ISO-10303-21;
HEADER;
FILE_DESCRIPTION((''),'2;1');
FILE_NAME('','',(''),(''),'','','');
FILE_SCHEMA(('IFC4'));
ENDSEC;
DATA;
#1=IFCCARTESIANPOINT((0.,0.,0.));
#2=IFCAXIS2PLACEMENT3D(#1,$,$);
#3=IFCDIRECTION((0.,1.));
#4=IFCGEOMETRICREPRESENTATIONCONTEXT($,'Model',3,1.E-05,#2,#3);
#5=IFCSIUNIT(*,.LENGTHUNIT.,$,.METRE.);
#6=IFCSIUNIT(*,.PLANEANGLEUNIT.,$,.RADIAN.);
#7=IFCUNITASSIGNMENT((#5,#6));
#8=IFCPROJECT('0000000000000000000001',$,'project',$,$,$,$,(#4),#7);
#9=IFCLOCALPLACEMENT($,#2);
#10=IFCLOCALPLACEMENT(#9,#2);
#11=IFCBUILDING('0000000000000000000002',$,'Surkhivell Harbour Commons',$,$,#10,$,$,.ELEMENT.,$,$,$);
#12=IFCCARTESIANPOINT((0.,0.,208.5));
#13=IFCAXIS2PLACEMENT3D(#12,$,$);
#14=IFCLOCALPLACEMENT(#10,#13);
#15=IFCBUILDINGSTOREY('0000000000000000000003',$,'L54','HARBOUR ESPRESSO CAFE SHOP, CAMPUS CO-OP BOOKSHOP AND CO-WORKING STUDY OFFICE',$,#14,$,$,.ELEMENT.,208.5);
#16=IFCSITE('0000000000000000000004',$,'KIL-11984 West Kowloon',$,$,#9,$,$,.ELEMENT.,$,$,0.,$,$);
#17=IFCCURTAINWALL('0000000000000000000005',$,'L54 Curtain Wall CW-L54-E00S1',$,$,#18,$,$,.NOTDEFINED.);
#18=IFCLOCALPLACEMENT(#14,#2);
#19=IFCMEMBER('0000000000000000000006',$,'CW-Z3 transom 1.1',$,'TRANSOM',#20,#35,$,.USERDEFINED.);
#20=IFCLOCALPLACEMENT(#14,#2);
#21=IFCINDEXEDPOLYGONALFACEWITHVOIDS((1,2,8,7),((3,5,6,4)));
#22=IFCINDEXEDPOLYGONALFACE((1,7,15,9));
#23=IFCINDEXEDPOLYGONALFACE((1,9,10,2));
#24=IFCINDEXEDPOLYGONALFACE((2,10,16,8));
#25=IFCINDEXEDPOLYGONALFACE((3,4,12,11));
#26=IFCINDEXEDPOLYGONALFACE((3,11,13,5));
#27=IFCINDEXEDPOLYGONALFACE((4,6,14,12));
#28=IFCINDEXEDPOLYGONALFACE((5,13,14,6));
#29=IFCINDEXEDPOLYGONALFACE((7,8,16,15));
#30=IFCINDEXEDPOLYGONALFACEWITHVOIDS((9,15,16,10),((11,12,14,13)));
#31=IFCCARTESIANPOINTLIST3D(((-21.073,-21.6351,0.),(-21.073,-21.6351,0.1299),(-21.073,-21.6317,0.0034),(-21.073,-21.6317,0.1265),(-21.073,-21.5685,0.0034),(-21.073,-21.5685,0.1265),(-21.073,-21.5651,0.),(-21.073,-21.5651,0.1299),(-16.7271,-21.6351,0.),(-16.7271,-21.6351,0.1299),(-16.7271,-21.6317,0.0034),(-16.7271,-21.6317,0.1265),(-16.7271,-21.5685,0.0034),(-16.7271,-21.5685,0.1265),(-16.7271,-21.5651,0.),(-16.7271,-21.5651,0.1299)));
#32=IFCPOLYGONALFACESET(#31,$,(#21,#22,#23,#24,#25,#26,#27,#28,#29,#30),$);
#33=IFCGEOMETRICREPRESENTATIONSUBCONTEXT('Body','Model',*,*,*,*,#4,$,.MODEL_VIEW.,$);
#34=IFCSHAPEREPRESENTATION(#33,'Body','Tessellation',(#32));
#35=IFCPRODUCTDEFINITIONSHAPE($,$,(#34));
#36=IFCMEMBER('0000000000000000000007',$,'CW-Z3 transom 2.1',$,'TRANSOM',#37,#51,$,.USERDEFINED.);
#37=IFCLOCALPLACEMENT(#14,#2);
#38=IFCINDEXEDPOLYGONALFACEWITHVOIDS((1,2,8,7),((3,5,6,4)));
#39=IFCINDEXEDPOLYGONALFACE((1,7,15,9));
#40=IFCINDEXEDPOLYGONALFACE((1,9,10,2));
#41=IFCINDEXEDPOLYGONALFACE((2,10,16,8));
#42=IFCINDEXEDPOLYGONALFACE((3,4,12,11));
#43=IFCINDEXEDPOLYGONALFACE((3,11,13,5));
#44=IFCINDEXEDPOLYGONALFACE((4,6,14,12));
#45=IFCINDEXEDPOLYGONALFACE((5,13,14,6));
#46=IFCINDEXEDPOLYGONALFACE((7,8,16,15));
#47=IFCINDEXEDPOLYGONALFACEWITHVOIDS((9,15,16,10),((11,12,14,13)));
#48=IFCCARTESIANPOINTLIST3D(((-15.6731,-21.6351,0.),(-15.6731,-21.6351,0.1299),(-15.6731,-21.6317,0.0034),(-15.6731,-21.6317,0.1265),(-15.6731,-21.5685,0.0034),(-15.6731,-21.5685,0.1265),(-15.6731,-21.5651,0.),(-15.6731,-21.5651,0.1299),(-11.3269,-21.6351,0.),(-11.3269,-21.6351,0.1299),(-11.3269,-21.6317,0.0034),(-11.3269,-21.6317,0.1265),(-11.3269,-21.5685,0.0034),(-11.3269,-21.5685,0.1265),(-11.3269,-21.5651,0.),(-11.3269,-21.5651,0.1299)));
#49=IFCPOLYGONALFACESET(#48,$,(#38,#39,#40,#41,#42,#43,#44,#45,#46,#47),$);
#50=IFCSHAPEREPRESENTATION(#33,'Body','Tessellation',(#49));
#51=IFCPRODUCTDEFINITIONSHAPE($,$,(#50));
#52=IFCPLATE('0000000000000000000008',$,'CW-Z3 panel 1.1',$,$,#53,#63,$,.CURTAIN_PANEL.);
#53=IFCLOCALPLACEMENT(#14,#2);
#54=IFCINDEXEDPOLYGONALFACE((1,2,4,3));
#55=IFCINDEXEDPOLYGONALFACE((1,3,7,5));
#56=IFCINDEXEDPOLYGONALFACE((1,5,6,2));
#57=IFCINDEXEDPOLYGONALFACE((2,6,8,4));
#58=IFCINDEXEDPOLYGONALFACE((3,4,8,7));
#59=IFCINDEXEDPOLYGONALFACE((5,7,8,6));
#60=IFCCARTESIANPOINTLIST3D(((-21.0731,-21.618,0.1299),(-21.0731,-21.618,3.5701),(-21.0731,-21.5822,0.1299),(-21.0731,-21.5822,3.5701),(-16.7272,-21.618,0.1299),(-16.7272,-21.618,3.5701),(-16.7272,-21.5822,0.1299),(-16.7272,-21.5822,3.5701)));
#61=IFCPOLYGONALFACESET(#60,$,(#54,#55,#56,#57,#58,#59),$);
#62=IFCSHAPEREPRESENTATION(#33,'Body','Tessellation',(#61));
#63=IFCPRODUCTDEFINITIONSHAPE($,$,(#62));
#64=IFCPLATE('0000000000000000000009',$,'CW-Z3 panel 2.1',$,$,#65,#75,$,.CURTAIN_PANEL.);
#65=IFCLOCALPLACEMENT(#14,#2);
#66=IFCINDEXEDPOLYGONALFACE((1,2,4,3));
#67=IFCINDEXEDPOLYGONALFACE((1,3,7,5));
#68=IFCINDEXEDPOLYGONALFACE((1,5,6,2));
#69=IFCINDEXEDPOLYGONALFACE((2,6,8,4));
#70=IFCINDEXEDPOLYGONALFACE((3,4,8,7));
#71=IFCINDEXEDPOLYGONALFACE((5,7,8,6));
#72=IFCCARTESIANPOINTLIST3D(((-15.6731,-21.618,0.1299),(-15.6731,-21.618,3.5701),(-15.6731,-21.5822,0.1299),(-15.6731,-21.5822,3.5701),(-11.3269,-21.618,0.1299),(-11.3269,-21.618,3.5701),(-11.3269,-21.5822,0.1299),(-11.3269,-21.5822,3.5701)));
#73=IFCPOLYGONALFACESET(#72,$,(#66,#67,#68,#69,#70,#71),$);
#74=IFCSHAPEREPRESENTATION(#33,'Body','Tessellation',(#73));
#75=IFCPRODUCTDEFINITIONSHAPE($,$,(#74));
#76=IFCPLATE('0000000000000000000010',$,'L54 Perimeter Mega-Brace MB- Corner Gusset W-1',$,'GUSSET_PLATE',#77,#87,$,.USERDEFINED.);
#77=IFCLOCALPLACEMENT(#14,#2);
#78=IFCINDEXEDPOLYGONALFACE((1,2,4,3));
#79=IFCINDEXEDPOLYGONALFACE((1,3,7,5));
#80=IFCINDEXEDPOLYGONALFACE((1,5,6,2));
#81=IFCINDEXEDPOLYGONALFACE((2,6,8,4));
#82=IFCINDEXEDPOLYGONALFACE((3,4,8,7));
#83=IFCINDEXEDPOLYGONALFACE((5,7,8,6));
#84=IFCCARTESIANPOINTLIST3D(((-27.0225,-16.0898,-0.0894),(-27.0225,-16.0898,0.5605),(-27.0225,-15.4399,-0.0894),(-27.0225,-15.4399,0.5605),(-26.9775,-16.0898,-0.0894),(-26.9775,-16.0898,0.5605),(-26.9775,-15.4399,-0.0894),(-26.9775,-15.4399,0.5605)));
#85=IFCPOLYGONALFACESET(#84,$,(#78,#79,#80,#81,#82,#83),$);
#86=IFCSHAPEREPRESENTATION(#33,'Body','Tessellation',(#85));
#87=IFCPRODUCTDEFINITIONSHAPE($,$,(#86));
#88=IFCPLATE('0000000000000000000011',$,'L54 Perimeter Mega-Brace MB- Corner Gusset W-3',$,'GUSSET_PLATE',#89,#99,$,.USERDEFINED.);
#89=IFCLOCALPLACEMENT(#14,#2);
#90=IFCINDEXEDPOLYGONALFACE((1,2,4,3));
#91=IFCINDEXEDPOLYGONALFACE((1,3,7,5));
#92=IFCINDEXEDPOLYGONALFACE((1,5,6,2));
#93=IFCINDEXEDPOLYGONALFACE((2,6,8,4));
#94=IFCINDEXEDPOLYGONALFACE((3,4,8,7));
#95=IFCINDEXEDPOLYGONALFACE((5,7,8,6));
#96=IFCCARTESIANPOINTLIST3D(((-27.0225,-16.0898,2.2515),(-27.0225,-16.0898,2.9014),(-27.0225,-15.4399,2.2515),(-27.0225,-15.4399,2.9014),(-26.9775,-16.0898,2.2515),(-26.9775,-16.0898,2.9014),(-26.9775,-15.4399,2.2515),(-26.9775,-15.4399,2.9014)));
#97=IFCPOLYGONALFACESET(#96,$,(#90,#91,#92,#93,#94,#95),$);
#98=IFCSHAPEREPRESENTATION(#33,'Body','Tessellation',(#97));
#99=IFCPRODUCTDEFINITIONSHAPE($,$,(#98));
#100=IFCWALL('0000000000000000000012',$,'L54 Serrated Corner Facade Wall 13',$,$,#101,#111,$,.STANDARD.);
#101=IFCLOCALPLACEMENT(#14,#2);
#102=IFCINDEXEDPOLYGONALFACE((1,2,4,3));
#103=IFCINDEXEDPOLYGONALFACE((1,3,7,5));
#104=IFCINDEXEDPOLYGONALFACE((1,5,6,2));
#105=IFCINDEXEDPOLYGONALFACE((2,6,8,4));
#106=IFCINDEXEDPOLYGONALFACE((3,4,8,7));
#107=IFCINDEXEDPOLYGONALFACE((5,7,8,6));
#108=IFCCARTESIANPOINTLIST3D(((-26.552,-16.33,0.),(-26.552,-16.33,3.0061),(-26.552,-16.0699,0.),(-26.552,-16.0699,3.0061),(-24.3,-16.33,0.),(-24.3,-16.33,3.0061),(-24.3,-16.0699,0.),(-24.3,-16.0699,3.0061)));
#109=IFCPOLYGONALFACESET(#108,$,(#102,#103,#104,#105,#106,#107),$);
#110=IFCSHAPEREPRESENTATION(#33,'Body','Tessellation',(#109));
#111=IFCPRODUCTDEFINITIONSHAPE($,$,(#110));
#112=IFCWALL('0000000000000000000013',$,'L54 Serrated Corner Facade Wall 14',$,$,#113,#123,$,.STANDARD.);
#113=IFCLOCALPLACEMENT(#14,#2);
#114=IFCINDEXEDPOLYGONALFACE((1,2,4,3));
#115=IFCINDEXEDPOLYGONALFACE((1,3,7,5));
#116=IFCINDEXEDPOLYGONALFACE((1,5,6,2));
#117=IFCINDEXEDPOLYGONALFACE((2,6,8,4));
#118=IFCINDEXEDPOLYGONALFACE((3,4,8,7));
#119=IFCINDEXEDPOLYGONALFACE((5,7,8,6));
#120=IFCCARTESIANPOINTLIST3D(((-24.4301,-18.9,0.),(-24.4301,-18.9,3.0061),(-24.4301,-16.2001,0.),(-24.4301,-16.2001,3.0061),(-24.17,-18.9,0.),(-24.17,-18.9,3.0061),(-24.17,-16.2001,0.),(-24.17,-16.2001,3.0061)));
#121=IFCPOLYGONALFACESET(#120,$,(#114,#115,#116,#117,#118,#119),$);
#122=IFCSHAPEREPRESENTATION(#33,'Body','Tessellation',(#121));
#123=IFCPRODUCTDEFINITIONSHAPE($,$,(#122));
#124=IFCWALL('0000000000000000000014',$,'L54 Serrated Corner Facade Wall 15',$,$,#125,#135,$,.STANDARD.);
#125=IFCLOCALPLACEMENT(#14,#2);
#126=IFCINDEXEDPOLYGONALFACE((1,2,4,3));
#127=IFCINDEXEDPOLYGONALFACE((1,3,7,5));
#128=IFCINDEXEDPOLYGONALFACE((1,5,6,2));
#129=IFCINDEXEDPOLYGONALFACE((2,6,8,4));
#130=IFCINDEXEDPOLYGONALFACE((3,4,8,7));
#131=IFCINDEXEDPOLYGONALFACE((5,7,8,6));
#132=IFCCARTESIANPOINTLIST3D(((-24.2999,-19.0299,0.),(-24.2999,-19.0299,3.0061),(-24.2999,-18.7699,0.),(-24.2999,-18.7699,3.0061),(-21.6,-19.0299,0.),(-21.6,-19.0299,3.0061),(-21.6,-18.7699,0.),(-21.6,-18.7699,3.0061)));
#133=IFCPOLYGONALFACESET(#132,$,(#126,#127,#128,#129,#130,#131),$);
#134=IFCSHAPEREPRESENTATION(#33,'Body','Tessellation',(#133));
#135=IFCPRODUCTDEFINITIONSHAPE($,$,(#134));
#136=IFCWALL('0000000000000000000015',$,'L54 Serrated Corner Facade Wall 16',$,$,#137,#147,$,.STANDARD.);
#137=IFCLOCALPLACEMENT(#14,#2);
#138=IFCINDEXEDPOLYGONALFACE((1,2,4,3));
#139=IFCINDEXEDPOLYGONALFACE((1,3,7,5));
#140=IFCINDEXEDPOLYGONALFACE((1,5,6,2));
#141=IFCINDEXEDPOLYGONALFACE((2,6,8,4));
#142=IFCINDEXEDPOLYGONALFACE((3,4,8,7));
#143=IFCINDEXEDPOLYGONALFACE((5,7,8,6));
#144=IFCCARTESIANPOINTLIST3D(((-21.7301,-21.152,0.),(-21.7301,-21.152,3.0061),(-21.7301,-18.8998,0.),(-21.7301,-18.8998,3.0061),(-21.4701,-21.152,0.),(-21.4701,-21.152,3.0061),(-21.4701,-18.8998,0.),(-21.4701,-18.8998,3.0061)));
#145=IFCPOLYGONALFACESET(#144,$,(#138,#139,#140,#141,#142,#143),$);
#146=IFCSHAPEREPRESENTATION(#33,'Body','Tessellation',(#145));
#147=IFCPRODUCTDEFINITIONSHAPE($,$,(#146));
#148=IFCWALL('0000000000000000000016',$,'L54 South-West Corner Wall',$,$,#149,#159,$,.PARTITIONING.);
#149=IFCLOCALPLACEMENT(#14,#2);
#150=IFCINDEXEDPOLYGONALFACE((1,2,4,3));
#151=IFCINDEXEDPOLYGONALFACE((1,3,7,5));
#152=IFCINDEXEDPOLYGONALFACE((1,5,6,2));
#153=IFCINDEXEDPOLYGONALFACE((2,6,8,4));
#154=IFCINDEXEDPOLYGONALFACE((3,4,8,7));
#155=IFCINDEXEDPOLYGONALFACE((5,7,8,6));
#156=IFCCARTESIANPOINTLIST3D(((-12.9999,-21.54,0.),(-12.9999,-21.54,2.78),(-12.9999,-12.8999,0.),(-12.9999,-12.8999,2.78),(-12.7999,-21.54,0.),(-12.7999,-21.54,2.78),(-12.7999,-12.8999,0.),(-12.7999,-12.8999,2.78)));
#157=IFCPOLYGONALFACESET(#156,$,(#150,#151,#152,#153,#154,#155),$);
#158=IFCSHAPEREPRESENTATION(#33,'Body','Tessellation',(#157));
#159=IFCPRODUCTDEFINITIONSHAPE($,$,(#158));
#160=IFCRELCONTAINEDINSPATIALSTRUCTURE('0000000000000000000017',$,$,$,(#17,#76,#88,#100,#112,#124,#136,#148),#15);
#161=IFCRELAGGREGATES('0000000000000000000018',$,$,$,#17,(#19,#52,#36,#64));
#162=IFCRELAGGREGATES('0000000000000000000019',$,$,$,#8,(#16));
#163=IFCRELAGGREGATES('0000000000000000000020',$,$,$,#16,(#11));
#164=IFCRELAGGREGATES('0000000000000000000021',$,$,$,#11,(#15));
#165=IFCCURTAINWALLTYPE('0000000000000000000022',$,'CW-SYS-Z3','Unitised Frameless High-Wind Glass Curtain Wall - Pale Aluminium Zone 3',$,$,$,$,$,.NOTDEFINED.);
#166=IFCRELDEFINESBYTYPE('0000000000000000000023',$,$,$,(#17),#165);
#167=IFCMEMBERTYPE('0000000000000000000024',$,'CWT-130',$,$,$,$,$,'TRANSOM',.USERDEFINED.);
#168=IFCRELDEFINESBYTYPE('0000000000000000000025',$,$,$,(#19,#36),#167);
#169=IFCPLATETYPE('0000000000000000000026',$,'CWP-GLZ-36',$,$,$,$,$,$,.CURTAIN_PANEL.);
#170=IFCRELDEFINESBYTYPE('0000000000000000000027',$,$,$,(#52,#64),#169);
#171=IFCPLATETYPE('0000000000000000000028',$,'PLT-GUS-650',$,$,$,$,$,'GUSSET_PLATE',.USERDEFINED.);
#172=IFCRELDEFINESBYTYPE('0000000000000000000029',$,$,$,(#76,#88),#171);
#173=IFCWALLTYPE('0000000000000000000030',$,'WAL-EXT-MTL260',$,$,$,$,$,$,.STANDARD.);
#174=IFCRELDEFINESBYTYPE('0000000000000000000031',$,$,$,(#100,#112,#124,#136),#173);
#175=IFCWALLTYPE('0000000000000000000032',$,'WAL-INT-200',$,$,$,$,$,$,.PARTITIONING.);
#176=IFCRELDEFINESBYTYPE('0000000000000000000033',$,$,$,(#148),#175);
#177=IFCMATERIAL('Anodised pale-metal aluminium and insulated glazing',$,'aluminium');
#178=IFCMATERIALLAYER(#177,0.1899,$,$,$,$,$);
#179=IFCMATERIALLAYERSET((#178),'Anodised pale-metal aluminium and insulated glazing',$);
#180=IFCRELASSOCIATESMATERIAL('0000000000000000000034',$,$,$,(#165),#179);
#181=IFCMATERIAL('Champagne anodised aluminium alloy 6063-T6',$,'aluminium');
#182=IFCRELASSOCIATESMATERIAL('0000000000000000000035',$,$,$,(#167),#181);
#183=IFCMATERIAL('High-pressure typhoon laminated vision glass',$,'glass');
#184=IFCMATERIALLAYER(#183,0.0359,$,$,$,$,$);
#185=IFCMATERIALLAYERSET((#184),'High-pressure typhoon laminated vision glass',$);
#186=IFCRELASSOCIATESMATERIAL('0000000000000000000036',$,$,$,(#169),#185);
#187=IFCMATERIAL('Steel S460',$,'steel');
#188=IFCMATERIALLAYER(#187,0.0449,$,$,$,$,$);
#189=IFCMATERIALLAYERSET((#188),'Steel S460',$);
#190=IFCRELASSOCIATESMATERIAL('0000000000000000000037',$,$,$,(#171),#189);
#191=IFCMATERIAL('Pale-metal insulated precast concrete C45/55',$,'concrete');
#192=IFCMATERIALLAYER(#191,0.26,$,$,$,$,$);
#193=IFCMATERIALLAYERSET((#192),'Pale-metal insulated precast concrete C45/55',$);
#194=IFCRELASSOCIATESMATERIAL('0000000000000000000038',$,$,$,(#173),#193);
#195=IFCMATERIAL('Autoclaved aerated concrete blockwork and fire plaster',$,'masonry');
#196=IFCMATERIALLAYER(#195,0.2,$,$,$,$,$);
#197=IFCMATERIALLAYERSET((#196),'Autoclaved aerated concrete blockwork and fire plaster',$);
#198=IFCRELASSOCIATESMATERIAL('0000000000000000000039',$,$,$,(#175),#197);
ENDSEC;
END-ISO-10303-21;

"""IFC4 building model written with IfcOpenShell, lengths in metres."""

from ifc_helpers import new_model, si_unit, direction, frame, frame_2d, origin, origin_2d, place, context, subcontext, project, spatial, rectangle, hollow_rectangle, extrude, material, layer, layer_set, material_profile, profile_set, type_object, element, aggregate, save


model = new_model("IFC4")

# Units and contexts
model_context = context("Model", 3, precision=1e-05, world=origin(), true_north=direction((0.0, 1.0)))
body_context = subcontext(model_context, "Body", "Model", "MODEL_VIEW")
ifc_project = project(units=[si_unit("LENGTHUNIT", "METRE"), si_unit("PLANEANGLEUNIT", "RADIAN")], contexts=[model_context])

# Site, building, storey
site_placement = place(None, origin())
site = spatial("IfcSite", under=ifc_project, at=site_placement, Name="KIL-11984 West Kowloon", CompositionType="ELEMENT", RefElevation=0.0)
building_placement = place(site_placement, origin())
building = spatial("IfcBuilding", under=site, at=building_placement, Name="Surkhivell Harbour Commons", CompositionType="ELEMENT")
storey_placement = place(building_placement, frame((0.0, 0.0, 208.5)))
storey = spatial("IfcBuildingStorey", under=building, at=storey_placement, Name="L54", Description="HARBOUR ESPRESSO CAFE SHOP, CAMPUS CO-OP BOOKSHOP AND CO-WORKING STUDY OFFICE", CompositionType="ELEMENT", Elevation=208.5)

# Curtain wall, members, plates
ifc_material_1 = material(Name="Anodised pale-metal aluminium and insulated glazing", Category="aluminium")
ifc_layer_1 = layer(ifc_material_1, 0.1899)
ifc_layer_set_1 = layer_set([ifc_layer_1], Name="Anodised pale-metal aluminium and insulated glazing")
curtain_wall_type = type_object("IfcCurtainWallType", Name="CW-SYS-Z3", Description="Unitised Frameless High-Wind Glass Curtain Wall - Pale Aluminium Zone 3", PredefinedType="NOTDEFINED", material=ifc_layer_set_1)
curtain_wall_placement = place(storey_placement, origin())
curtain_wall = element("IfcCurtainWall", 1, at=curtain_wall_placement, inside=storey, type_object=curtain_wall_type, Name="L54 Curtain Wall CW-L54-E00S1", PredefinedType="NOTDEFINED")
ifc_material_2 = material(Name="Champagne anodised aluminium alloy 6063-T6", Category="aluminium")
ifc_material_profile_1 = material_profile(ifc_material_2, hollow_rectangle(XDim=0.0701, YDim=0.1299, WallThickness=0.0034, at=origin_2d()), Name="ALU-TRAN-70x130")
ifc_profile_set_1 = profile_set([ifc_material_profile_1], Name="Champagne anodised aluminium alloy 6063-T6")
member_type_1 = type_object("IfcMemberType", Name="CWT-130", ElementType="TRANSOM", PredefinedType="USERDEFINED", material=ifc_profile_set_1)
member_1_placement = place(storey_placement, frame((-21.073, -21.6001, 0.0649), z_axis=(1.0, 0.0, 0.0), x_axis=(0.0, 1.0, 0.0)))
member_1 = element("IfcMember", 2, at=member_1_placement, type_object=member_type_1, Name="CW-Z3 transom 1.1", ObjectType="TRANSOM", PredefinedType="USERDEFINED", context=body_context, shape_type="SweptSolid", body=[
    extrude(hollow_rectangle(XDim=0.0701, YDim=0.1299, WallThickness=0.0034, at=origin_2d()), origin(), (0.0, 0.0, 1.0), 4.3459),
])
member_2_placement = place(storey_placement, frame((-15.6731, -21.6001, 0.0649), z_axis=(1.0, 0.0, 0.0), x_axis=(0.0, 1.0, 0.0)))
member_2 = element("IfcMember", 3, at=member_2_placement, type_object=member_type_1, Name="CW-Z3 transom 2.1", ObjectType="TRANSOM", PredefinedType="USERDEFINED", context=body_context, shape_type="SweptSolid", body=[
    extrude(hollow_rectangle(XDim=0.0701, YDim=0.1299, WallThickness=0.0034, at=origin_2d()), origin(), (0.0, 0.0, 1.0), 4.3462),
])
ifc_material_3 = material(Name="High-pressure typhoon laminated vision glass", Category="glass")
ifc_layer_2 = layer(ifc_material_3, 0.0359)
ifc_layer_set_2 = layer_set([ifc_layer_2], Name="High-pressure typhoon laminated vision glass")
plate_type_1 = type_object("IfcPlateType", Name="CWP-GLZ-36", PredefinedType="CURTAIN_PANEL", material=ifc_layer_set_2)
plate_1_placement = place(storey_placement, frame((-21.073, -21.6001, 0.1299), z_axis=(0.0, 0.0, 1.0), x_axis=(1.0, 0.0, 0.0)))
plate_1 = element("IfcPlate", 4, at=plate_1_placement, type_object=plate_type_1, Name="CW-Z3 panel 1.1", PredefinedType="CURTAIN_PANEL", context=body_context, shape_type="SweptSolid", body=[
    extrude(rectangle(XDim=4.3459, YDim=0.0359, at=frame_2d((2.1729, 0.0))), origin(), (0.0, 0.0, 1.0), 3.4402),
])
plate_2_placement = place(storey_placement, frame((-15.6731, -21.6001, 0.1299), z_axis=(0.0, 0.0, 1.0), x_axis=(1.0, 0.0, 0.0)))
plate_2 = element("IfcPlate", 5, at=plate_2_placement, type_object=plate_type_1, Name="CW-Z3 panel 2.1", PredefinedType="CURTAIN_PANEL", context=body_context, shape_type="SweptSolid", body=[
    extrude(rectangle(XDim=4.3462, YDim=0.0359, at=frame_2d((2.1731, 0.0))), origin(), (0.0, 0.0, 1.0), 3.4402),
])
aggregate(curtain_wall, [member_1, plate_1, member_2, plate_2])

# Plates
ifc_material_4 = material(Name="Steel S460", Category="steel")
ifc_layer_3 = layer(ifc_material_4, 0.0449)
ifc_layer_set_3 = layer_set([ifc_layer_3], Name="Steel S460")
plate_type_2 = type_object("IfcPlateType", Name="PLT-GUS-650", ElementType="GUSSET_PLATE", PredefinedType="USERDEFINED", material=ifc_layer_set_3)
for number, where, z_axis, x_axis, name in (
    (6, (-27.0, -15.7649, -0.0894), (0.0, 0.0, 1.0), (0.0, 1.0, 0.0), "L54 Perimeter Mega-Brace MB- Corner Gusset W-1"),
    (7, (-27.0, -15.7649, 2.2515), (0.0, 0.0, 1.0), (0.0, 1.0, 0.0), "L54 Perimeter Mega-Brace MB- Corner Gusset W-3"),
):
    element("IfcPlate", number, at=place(storey_placement, frame(where, z_axis=z_axis, x_axis=x_axis)), inside=storey, type_object=plate_type_2, Name=name, ObjectType="GUSSET_PLATE", PredefinedType="USERDEFINED", context=body_context, shape_type="SweptSolid", body=[
        extrude(rectangle(XDim=0.6499, YDim=0.0449, at=origin_2d()), origin(), (0.0, 0.0, 1.0), 0.6499),
    ])

# Walls
ifc_material_5 = material(Name="Pale-metal insulated precast concrete C45/55", Category="concrete")
ifc_layer_4 = layer(ifc_material_5, 0.26)
ifc_layer_set_4 = layer_set([ifc_layer_4], Name="Pale-metal insulated precast concrete C45/55")
wall_type_1 = type_object("IfcWallType", Name="WAL-EXT-MTL260", PredefinedType="STANDARD", material=ifc_layer_set_4)
wall_1_placement = place(storey_placement, frame((-26.552, -16.2, 0.0), z_axis=(0.0, 0.0, 1.0), x_axis=(1.0, 0.0, 0.0)))
element("IfcWall", 8, at=wall_1_placement, inside=storey, type_object=wall_type_1, Name="L54 Serrated Corner Facade Wall 13", PredefinedType="STANDARD", context=body_context, shape_type="SweptSolid", body=[
    extrude(rectangle(XDim=2.252, YDim=0.26, at=frame_2d((1.126, 0.0))), origin(), (0.0, 0.0, 1.0), 3.0061),
])
for number, where, z_axis, x_axis, name in (
    (9, (-24.3, -16.2, 0.0), (0.0, 0.0, 1.0), (0.0, -1.0, 0.0), "L54 Serrated Corner Facade Wall 14"),
    (10, (-24.3, -18.8999, 0.0), (0.0, 0.0, 1.0), (1.0, 0.0, 0.0), "L54 Serrated Corner Facade Wall 15"),
):
    element("IfcWall", number, at=place(storey_placement, frame(where, z_axis=z_axis, x_axis=x_axis)), inside=storey, type_object=wall_type_1, Name=name, PredefinedType="STANDARD", context=body_context, shape_type="SweptSolid", body=[
        extrude(rectangle(XDim=2.7, YDim=0.26, at=frame_2d((1.3501, 0.0))), origin(), (0.0, 0.0, 1.0), 3.0061),
    ])
wall_2_placement = place(storey_placement, frame((-21.6001, -18.8999, 0.0), z_axis=(0.0, 0.0, 1.0), x_axis=(0.0, -1.0, 0.0)))
element("IfcWall", 11, at=wall_2_placement, inside=storey, type_object=wall_type_1, Name="L54 Serrated Corner Facade Wall 16", PredefinedType="STANDARD", context=body_context, shape_type="SweptSolid", body=[
    extrude(rectangle(XDim=2.2522, YDim=0.26, at=frame_2d((1.126, 0.0))), origin(), (0.0, 0.0, 1.0), 3.0061),
])
ifc_material_6 = material(Name="Autoclaved aerated concrete blockwork and fire plaster", Category="masonry")
ifc_layer_5 = layer(ifc_material_6, 0.2)
ifc_layer_set_5 = layer_set([ifc_layer_5], Name="Autoclaved aerated concrete blockwork and fire plaster")
wall_type_2 = type_object("IfcWallType", Name="WAL-INT-200", PredefinedType="PARTITIONING", material=ifc_layer_set_5)
wall_3_placement = place(storey_placement, frame((-12.8999, -21.54, 0.0), z_axis=(0.0, 0.0, 1.0), x_axis=(0.0, 1.0, 0.0)))
element("IfcWall", 12, at=wall_3_placement, inside=storey, type_object=wall_type_2, Name="L54 South-West Corner Wall", PredefinedType="PARTITIONING", context=body_context, shape_type="SweptSolid", body=[
    extrude(rectangle(XDim=8.6401, YDim=0.2, at=frame_2d((4.3201, 0.0))), origin(), (0.0, 0.0, 1.0), 2.78),
])

save(model, "model.ifc")
